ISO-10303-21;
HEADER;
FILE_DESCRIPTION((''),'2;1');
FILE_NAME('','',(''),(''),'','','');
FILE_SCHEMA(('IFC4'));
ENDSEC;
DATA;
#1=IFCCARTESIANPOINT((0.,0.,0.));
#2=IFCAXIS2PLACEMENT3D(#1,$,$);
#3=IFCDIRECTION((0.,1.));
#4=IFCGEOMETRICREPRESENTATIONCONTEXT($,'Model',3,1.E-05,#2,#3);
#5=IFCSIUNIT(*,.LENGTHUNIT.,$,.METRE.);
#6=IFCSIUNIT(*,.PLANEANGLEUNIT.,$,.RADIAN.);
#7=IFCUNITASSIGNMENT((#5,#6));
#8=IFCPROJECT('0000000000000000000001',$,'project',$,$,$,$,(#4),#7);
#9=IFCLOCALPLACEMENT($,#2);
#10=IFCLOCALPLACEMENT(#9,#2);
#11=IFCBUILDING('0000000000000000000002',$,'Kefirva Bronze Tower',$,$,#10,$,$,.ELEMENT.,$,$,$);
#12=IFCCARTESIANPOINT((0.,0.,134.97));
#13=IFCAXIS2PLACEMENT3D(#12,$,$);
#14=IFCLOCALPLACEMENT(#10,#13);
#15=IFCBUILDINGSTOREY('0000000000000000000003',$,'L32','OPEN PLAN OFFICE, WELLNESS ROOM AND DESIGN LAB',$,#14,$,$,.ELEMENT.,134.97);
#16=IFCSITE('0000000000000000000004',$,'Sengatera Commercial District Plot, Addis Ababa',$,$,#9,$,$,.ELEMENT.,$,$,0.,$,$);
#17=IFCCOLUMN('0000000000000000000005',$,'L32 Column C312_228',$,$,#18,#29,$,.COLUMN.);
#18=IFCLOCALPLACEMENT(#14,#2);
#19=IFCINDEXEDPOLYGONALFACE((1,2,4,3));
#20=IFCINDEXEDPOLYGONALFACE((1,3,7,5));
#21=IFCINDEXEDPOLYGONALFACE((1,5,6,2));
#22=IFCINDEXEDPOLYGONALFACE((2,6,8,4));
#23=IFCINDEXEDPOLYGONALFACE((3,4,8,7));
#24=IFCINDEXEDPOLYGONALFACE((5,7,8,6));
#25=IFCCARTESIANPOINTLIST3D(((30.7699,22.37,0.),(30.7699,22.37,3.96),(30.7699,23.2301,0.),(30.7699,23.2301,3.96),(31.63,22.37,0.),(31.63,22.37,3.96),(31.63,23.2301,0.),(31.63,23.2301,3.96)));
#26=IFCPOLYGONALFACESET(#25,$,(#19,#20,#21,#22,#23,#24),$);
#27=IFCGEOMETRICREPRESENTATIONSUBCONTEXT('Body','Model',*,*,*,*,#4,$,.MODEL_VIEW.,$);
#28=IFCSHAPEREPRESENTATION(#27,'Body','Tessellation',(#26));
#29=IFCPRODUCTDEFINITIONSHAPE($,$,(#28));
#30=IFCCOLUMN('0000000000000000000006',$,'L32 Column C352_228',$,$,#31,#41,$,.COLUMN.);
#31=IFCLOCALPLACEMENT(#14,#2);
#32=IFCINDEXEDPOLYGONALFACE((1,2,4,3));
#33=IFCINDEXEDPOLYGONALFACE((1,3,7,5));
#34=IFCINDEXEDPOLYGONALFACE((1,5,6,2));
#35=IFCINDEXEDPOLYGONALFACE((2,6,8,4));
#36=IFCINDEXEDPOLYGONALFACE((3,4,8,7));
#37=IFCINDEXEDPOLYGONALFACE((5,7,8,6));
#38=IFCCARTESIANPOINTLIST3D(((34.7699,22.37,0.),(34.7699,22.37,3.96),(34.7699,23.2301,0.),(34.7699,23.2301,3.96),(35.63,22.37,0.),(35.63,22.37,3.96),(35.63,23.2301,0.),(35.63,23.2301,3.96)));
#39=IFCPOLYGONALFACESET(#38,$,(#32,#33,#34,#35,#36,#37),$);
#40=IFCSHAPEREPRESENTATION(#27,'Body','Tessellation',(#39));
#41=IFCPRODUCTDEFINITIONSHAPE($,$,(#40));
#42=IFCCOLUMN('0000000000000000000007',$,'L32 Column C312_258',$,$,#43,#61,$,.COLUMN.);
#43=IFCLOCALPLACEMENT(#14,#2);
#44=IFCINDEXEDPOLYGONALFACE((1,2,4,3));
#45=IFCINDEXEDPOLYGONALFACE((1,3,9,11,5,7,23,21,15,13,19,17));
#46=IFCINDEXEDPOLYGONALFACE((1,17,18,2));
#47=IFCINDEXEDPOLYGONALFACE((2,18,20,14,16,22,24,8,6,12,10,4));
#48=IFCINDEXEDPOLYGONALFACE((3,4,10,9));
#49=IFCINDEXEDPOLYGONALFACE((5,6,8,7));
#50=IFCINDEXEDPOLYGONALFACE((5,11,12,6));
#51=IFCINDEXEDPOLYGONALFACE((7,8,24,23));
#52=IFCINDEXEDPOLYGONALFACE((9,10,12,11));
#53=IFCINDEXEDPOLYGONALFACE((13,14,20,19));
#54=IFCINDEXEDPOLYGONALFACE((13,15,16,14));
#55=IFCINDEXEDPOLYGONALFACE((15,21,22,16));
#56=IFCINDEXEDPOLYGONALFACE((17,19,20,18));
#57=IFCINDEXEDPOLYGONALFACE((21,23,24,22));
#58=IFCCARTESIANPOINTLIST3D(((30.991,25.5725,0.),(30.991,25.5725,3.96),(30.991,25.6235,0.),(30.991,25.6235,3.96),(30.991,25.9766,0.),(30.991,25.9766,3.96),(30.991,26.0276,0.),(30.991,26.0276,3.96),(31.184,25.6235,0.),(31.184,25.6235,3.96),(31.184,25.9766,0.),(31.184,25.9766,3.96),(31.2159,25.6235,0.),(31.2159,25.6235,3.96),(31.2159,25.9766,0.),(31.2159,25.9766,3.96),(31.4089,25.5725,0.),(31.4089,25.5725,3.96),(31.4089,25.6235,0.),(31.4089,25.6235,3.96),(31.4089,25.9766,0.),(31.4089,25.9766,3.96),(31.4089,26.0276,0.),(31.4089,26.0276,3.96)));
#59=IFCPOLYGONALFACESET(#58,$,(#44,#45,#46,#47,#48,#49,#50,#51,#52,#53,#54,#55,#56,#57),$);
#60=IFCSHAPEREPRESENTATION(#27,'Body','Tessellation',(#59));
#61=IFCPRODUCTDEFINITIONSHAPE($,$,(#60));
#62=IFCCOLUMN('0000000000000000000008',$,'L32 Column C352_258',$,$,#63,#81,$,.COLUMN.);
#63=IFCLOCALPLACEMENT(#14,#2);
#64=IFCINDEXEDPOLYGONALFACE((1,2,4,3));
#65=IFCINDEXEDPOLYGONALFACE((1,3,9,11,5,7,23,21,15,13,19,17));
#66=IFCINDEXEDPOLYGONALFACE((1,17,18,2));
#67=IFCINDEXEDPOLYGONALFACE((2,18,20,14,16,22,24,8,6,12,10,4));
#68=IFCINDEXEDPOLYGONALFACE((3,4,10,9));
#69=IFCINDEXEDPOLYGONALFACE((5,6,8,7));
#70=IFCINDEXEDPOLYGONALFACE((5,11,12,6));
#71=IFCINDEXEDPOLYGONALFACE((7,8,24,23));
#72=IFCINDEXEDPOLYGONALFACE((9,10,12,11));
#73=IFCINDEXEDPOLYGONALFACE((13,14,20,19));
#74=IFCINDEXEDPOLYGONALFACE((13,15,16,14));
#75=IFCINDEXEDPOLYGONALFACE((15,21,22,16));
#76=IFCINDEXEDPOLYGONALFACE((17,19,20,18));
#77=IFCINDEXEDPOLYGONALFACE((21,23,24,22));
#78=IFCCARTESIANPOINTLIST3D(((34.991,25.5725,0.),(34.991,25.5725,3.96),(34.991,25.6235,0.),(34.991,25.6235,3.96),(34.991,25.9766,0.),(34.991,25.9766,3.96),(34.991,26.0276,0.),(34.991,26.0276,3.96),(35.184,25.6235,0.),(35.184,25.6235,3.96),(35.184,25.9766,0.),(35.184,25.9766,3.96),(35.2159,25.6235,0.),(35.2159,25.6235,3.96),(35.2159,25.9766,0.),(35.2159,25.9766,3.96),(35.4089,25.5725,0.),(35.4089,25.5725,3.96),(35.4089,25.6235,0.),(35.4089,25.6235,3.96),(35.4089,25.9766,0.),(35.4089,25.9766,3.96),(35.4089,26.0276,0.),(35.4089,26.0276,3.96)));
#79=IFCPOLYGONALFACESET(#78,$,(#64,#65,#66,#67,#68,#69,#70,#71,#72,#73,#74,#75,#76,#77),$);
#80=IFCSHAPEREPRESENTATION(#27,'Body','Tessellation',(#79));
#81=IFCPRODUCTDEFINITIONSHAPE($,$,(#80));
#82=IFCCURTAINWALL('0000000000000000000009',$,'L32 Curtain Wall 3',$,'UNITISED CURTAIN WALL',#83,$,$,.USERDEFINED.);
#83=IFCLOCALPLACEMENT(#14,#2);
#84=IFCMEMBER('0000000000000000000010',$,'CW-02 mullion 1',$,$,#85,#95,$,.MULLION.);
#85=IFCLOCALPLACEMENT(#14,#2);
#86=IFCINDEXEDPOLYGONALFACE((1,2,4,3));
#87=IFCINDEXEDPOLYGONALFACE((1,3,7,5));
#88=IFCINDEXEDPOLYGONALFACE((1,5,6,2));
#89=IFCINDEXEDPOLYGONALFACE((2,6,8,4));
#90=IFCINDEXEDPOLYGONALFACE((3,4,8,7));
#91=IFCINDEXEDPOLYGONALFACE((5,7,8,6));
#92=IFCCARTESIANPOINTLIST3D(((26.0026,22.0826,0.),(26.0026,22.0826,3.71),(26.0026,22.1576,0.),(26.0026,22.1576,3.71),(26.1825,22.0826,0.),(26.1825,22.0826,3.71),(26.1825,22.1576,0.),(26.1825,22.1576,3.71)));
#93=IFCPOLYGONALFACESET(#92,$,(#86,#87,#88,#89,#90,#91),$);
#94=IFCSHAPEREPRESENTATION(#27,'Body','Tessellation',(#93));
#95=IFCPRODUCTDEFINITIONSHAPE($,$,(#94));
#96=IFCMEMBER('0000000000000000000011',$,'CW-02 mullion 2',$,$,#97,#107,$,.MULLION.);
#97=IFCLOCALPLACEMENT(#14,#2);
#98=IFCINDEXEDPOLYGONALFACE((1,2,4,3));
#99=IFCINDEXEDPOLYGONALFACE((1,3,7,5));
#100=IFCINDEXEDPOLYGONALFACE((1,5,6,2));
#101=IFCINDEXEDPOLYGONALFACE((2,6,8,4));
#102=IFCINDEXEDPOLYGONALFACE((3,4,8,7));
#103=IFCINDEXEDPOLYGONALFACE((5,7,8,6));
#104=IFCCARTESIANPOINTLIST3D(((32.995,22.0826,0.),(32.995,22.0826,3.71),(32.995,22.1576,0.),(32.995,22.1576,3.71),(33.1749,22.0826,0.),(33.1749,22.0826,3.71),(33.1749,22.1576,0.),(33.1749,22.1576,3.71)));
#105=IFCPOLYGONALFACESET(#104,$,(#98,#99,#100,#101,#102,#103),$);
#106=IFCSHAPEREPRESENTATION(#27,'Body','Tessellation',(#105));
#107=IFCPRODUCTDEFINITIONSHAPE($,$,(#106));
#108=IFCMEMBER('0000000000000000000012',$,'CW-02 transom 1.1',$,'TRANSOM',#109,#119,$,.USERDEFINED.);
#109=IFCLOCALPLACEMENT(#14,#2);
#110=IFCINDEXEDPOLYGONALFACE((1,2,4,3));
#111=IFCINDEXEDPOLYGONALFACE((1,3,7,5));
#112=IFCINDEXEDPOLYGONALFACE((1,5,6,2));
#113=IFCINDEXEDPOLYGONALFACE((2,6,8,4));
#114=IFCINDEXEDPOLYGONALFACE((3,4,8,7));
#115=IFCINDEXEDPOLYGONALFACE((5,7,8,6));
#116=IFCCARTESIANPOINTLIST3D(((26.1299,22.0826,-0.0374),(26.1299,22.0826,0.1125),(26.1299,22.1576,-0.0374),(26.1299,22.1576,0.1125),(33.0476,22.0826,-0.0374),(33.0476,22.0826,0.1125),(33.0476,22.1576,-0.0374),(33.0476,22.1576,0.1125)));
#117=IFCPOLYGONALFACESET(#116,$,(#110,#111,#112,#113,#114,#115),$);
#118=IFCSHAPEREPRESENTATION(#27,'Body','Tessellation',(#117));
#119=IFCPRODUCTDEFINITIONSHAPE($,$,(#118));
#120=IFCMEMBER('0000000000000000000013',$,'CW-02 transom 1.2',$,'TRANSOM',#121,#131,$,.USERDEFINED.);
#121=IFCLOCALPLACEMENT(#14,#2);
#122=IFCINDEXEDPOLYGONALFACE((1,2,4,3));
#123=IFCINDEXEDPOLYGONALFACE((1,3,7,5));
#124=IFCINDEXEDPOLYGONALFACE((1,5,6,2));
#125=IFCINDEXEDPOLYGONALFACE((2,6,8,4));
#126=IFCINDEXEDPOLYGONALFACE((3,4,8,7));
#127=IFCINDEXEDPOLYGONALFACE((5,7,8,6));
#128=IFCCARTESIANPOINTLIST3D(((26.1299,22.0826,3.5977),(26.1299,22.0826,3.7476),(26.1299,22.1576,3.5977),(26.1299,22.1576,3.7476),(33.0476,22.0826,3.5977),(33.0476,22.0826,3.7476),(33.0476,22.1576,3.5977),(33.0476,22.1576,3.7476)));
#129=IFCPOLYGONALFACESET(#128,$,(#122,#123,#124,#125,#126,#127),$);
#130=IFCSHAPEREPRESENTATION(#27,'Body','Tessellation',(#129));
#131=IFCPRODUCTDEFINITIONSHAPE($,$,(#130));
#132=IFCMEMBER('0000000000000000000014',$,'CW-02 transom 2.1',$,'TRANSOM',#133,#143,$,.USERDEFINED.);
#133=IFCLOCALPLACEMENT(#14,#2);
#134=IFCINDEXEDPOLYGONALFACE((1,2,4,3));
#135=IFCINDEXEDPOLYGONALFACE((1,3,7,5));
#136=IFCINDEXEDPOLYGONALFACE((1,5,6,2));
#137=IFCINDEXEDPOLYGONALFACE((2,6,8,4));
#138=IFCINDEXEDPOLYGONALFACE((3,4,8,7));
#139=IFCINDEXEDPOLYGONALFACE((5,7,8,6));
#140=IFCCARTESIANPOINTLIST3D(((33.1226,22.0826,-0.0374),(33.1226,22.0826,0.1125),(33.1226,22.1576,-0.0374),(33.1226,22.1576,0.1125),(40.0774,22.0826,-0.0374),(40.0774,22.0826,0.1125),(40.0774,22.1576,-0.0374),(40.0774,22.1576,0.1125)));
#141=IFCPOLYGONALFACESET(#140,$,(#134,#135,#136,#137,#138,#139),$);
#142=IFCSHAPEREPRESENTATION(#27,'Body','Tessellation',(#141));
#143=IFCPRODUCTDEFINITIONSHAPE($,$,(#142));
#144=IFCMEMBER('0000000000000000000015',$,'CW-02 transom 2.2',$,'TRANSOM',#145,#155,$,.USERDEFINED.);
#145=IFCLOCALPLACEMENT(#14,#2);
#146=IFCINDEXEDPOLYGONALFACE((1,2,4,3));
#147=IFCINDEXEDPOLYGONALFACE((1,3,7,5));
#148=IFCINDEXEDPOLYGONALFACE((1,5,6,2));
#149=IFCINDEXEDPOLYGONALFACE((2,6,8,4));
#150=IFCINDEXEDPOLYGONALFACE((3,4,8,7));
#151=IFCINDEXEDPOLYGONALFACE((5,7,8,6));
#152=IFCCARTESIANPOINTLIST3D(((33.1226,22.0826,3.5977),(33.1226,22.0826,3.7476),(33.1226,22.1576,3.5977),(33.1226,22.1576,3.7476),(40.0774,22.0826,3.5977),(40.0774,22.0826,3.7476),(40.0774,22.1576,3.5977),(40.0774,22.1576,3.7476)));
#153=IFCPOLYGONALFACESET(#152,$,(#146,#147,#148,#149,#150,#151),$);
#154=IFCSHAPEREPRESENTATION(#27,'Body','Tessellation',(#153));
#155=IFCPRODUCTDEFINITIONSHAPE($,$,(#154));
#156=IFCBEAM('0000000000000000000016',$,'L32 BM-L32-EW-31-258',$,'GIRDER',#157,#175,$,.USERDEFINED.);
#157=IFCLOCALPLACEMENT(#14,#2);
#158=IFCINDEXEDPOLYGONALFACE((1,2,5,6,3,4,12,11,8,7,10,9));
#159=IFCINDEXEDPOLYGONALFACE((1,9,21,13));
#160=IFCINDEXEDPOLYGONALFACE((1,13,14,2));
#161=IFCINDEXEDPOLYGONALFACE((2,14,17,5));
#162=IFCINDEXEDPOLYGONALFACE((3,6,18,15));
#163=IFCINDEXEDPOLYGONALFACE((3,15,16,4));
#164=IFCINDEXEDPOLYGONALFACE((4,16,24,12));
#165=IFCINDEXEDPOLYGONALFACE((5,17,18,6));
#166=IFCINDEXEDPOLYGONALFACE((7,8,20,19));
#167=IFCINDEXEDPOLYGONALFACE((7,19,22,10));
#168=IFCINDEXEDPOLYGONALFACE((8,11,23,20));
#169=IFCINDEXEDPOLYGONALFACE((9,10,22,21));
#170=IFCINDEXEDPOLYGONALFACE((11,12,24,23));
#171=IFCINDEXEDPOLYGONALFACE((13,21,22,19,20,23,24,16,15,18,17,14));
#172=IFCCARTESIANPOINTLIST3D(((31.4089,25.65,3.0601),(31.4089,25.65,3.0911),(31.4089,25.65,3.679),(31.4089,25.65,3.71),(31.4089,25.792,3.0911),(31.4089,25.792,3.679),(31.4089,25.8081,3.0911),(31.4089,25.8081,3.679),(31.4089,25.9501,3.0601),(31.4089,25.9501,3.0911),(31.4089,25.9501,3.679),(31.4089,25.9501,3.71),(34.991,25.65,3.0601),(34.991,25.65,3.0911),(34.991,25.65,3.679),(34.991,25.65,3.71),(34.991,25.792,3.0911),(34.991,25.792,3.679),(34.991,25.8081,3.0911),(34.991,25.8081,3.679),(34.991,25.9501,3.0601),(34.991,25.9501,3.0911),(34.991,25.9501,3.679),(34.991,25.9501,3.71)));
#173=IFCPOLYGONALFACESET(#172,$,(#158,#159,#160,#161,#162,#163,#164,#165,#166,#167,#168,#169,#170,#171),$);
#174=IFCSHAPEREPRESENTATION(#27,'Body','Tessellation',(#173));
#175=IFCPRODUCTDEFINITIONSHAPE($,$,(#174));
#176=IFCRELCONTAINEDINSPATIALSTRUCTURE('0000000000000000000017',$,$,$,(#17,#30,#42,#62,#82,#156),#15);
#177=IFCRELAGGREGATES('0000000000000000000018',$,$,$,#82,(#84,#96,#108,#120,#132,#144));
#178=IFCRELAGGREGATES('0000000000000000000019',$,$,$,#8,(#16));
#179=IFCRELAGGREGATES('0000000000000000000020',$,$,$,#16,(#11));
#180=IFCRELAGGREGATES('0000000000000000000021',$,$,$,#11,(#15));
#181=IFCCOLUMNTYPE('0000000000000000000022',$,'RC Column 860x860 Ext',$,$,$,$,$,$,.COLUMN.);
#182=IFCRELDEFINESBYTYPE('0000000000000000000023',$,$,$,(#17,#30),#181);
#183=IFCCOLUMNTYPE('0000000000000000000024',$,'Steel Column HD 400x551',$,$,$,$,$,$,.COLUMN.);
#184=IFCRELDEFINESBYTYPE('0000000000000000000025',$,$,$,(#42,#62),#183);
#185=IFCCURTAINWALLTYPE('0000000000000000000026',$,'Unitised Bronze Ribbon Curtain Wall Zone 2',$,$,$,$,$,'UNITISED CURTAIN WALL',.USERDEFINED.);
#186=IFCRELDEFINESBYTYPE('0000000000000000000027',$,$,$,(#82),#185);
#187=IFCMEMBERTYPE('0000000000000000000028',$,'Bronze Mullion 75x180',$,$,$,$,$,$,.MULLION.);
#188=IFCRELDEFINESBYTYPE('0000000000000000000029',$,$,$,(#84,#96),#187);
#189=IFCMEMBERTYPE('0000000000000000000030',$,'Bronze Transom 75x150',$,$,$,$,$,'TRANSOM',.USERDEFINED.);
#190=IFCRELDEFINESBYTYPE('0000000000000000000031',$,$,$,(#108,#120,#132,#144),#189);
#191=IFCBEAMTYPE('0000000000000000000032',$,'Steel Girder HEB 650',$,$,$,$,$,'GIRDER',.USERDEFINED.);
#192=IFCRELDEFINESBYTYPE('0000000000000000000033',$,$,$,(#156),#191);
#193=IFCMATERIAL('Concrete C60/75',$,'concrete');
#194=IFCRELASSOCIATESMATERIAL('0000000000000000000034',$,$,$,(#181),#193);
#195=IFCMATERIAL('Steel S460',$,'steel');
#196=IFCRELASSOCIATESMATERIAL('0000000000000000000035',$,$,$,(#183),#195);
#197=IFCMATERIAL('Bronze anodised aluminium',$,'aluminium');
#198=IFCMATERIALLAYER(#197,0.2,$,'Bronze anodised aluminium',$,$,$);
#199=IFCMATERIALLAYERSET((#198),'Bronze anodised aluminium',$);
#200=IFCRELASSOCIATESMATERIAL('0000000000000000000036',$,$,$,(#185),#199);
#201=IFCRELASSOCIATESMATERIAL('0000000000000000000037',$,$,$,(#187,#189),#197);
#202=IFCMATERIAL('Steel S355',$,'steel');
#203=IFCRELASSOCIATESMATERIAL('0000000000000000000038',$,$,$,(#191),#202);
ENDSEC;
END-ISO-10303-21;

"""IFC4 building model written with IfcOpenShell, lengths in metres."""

from ifc_helpers import new_model, si_unit, direction, frame, origin, origin_2d, place, context, subcontext, project, spatial, rectangle, i_section, extrude, material, layer, layer_set, material_profile, profile_set, type_object, element, aggregate, save


model = new_model("IFC4")

# Units and contexts
model_context = context("Model", 3, precision=1e-05, world=origin(), true_north=direction((0.0, 1.0)))
body_context = subcontext(model_context, "Body", "Model", "MODEL_VIEW")
ifc_project = project(units=[si_unit("LENGTHUNIT", "METRE"), si_unit("PLANEANGLEUNIT", "RADIAN")], contexts=[model_context])

# Site, building, storey
site_placement = place(None, origin())
site = spatial("IfcSite", under=ifc_project, at=site_placement, Name="Sengatera Commercial District Plot, Addis Ababa", CompositionType="ELEMENT", RefElevation=0.0)
building_placement = place(site_placement, origin())
building = spatial("IfcBuilding", under=site, at=building_placement, Name="Kefirva Bronze Tower", CompositionType="ELEMENT")
storey_placement = place(building_placement, frame((0.0, 0.0, 134.97)))
storey = spatial("IfcBuildingStorey", under=building, at=storey_placement, Name="L32", Description="OPEN PLAN OFFICE, WELLNESS ROOM AND DESIGN LAB", CompositionType="ELEMENT", Elevation=134.97)

# Columns
ifc_material_1 = material(Name="Concrete C60/75", Category="concrete")
ifc_material_profile_1 = material_profile(ifc_material_1, rectangle(XDim=0.8601, YDim=0.8601, at=origin_2d()), Name="RC 860x860")
ifc_profile_set_1 = profile_set([ifc_material_profile_1], Name="Concrete C60/75")
column_type_1 = type_object("IfcColumnType", Name="RC Column 860x860 Ext", PredefinedType="COLUMN", material=ifc_profile_set_1)
for number, where, z_axis, x_axis, name in (
    (1, (31.2, 22.8, 0.0), (0.0, 0.0, 1.0), (1.0, 0.0, 0.0), "L32 Column C312_228"),
    (2, (35.2, 22.8, 0.0), (0.0, 0.0, 1.0), (1.0, 0.0, 0.0), "L32 Column C352_228"),
):
    element("IfcColumn", number, at=place(storey_placement, frame(where, z_axis=z_axis, x_axis=x_axis)), inside=storey, type_object=column_type_1, Name=name, PredefinedType="COLUMN", context=body_context, shape_type="SweptSolid", body=[
        extrude(rectangle(XDim=0.8601, YDim=0.8601, at=origin_2d()), origin(), (0.0, 0.0, 1.0), 3.96),
    ])
ifc_material_2 = material(Name="Steel S460", Category="steel")
ifc_material_profile_2 = material_profile(ifc_material_2, i_section(OverallWidth=0.418, OverallDepth=0.4551, WebThickness=0.032, FlangeThickness=0.051, at=origin_2d()), Name="HD 400x551")
ifc_profile_set_2 = profile_set([ifc_material_profile_2], Name="Steel S460")
column_type_2 = type_object("IfcColumnType", Name="Steel Column HD 400x551", PredefinedType="COLUMN", material=ifc_profile_set_2)
for number, where, z_axis, x_axis, name in (
    (3, (31.2, 25.8, 0.0), (0.0, 0.0, 1.0), (1.0, 0.0, 0.0), "L32 Column C312_258"),
    (4, (35.2, 25.8, 0.0), (0.0, 0.0, 1.0), (1.0, 0.0, 0.0), "L32 Column C352_258"),
):
    element("IfcColumn", number, at=place(storey_placement, frame(where, z_axis=z_axis, x_axis=x_axis)), inside=storey, type_object=column_type_2, Name=name, PredefinedType="COLUMN", context=body_context, shape_type="SweptSolid", body=[
        extrude(i_section(OverallWidth=0.418, OverallDepth=0.4551, WebThickness=0.032, FlangeThickness=0.051, at=origin_2d()), origin(), (0.0, 0.0, 1.0), 3.96),
    ])

# Curtain wall, members
ifc_material_3 = material(Name="Bronze anodised aluminium", Category="aluminium")
ifc_layer_1 = layer(ifc_material_3, 0.2, Name="Bronze anodised aluminium")
ifc_layer_set_1 = layer_set([ifc_layer_1], Name="Bronze anodised aluminium")
curtain_wall_type = type_object("IfcCurtainWallType", Name="Unitised Bronze Ribbon Curtain Wall Zone 2", ElementType="UNITISED CURTAIN WALL", PredefinedType="USERDEFINED", material=ifc_layer_set_1)
curtain_wall_placement = place(storey_placement, origin())
curtain_wall = element("IfcCurtainWall", 5, at=curtain_wall_placement, inside=storey, type_object=curtain_wall_type, Name="L32 Curtain Wall 3", ObjectType="UNITISED CURTAIN WALL", PredefinedType="USERDEFINED")
ifc_material_profile_3 = material_profile(ifc_material_3, rectangle(XDim=0.075, YDim=0.1799, at=origin_2d()), Name="ALU 75x180")
ifc_profile_set_3 = profile_set([ifc_material_profile_3], Name="Bronze anodised aluminium")
member_type_1 = type_object("IfcMemberType", Name="Bronze Mullion 75x180", PredefinedType="MULLION", material=ifc_profile_set_3)
member_1_placement = place(storey_placement, frame((26.0925, 22.1201, 0.0), z_axis=(0.0, 0.0, 1.0), x_axis=(0.0, 1.0, 0.0)))
member_1 = element("IfcMember", 6, at=member_1_placement, type_object=member_type_1, Name="CW-02 mullion 1", PredefinedType="MULLION", context=body_context, shape_type="SweptSolid", body=[
    extrude(rectangle(XDim=0.075, YDim=0.1799, at=origin_2d()), origin(), (0.0, 0.0, 1.0), 3.71),
])
member_2_placement = place(storey_placement, frame((33.085, 22.1201, 0.0), z_axis=(0.0, 0.0, 1.0), x_axis=(0.0, 1.0, 0.0)))
member_2 = element("IfcMember", 7, at=member_2_placement, type_object=member_type_1, Name="CW-02 mullion 2", PredefinedType="MULLION", context=body_context, shape_type="SweptSolid", body=[
    extrude(rectangle(XDim=0.075, YDim=0.1799, at=origin_2d()), origin(), (0.0, 0.0, 1.0), 3.71),
])
ifc_material_profile_4 = material_profile(ifc_material_3, rectangle(XDim=0.075, YDim=0.1499, at=origin_2d()), Name="ALU 75x150")
ifc_profile_set_4 = profile_set([ifc_material_profile_4], Name="Bronze anodised aluminium")
member_type_2 = type_object("IfcMemberType", Name="Bronze Transom 75x150", ElementType="TRANSOM", PredefinedType="USERDEFINED", material=ifc_profile_set_4)
member_3_placement = place(storey_placement, frame((26.1299, 22.1201, 0.0376), z_axis=(1.0, 0.0, 0.0), x_axis=(0.0, 1.0, 0.0)))
member_3 = element("IfcMember", 8, at=member_3_placement, type_object=member_type_2, Name="CW-02 transom 1.1", ObjectType="TRANSOM", PredefinedType="USERDEFINED", context=body_context, shape_type="SweptSolid", body=[
    extrude(rectangle(XDim=0.075, YDim=0.1499, at=origin_2d()), origin(), (0.0, 0.0, 1.0), 6.9177),
])
member_4_placement = place(storey_placement, frame((26.1299, 22.1201, 3.6726), z_axis=(1.0, 0.0, 0.0), x_axis=(0.0, 1.0, 0.0)))
member_4 = element("IfcMember", 9, at=member_4_placement, type_object=member_type_2, Name="CW-02 transom 1.2", ObjectType="TRANSOM", PredefinedType="USERDEFINED", context=body_context, shape_type="SweptSolid", body=[
    extrude(rectangle(XDim=0.075, YDim=0.1499, at=origin_2d()), origin(), (0.0, 0.0, 1.0), 6.9177),
])
member_5_placement = place(storey_placement, frame((33.1226, 22.1201, 0.0376), z_axis=(1.0, 0.0, 0.0), x_axis=(0.0, 1.0, 0.0)))
member_5 = element("IfcMember", 10, at=member_5_placement, type_object=member_type_2, Name="CW-02 transom 2.1", ObjectType="TRANSOM", PredefinedType="USERDEFINED", context=body_context, shape_type="SweptSolid", body=[
    extrude(rectangle(XDim=0.075, YDim=0.1499, at=origin_2d()), origin(), (0.0, 0.0, 1.0), 6.9548),
])
member_6_placement = place(storey_placement, frame((33.1226, 22.1201, 3.6726), z_axis=(1.0, 0.0, 0.0), x_axis=(0.0, 1.0, 0.0)))
member_6 = element("IfcMember", 11, at=member_6_placement, type_object=member_type_2, Name="CW-02 transom 2.2", ObjectType="TRANSOM", PredefinedType="USERDEFINED", context=body_context, shape_type="SweptSolid", body=[
    extrude(rectangle(XDim=0.075, YDim=0.1499, at=origin_2d()), origin(), (0.0, 0.0, 1.0), 6.9548),
])

# Beam
ifc_material_4 = material(Name="Steel S355", Category="steel")
ifc_material_profile_5 = material_profile(ifc_material_4, i_section(OverallWidth=0.3, OverallDepth=0.6499, WebThickness=0.0161, FlangeThickness=0.031, at=origin_2d()), Name="HEB 650")
ifc_profile_set_5 = profile_set([ifc_material_profile_5], Name="Steel S355")
beam_type_1 = type_object("IfcBeamType", Name="Steel Girder HEB 650", ElementType="GIRDER", PredefinedType="USERDEFINED", material=ifc_profile_set_5)
beam_1_placement = place(storey_placement, frame((31.4089, 25.8, 3.385), z_axis=(1.0, 0.0, 0.0), x_axis=(0.0, 1.0, 0.0)))
element("IfcBeam", 12, at=beam_1_placement, inside=storey, type_object=beam_type_1, Name="L32 BM-L32-EW-31-258", ObjectType="GIRDER", PredefinedType="USERDEFINED", context=body_context, shape_type="SweptSolid", body=[
    extrude(i_section(OverallWidth=0.3, OverallDepth=0.6499, WebThickness=0.0161, FlangeThickness=0.031, at=origin_2d()), origin(), (0.0, 0.0, 1.0), 3.582),
])

aggregate(curtain_wall, [member_1, member_2, member_3, member_4, member_5, member_6])

save(model, "model.ifc")
